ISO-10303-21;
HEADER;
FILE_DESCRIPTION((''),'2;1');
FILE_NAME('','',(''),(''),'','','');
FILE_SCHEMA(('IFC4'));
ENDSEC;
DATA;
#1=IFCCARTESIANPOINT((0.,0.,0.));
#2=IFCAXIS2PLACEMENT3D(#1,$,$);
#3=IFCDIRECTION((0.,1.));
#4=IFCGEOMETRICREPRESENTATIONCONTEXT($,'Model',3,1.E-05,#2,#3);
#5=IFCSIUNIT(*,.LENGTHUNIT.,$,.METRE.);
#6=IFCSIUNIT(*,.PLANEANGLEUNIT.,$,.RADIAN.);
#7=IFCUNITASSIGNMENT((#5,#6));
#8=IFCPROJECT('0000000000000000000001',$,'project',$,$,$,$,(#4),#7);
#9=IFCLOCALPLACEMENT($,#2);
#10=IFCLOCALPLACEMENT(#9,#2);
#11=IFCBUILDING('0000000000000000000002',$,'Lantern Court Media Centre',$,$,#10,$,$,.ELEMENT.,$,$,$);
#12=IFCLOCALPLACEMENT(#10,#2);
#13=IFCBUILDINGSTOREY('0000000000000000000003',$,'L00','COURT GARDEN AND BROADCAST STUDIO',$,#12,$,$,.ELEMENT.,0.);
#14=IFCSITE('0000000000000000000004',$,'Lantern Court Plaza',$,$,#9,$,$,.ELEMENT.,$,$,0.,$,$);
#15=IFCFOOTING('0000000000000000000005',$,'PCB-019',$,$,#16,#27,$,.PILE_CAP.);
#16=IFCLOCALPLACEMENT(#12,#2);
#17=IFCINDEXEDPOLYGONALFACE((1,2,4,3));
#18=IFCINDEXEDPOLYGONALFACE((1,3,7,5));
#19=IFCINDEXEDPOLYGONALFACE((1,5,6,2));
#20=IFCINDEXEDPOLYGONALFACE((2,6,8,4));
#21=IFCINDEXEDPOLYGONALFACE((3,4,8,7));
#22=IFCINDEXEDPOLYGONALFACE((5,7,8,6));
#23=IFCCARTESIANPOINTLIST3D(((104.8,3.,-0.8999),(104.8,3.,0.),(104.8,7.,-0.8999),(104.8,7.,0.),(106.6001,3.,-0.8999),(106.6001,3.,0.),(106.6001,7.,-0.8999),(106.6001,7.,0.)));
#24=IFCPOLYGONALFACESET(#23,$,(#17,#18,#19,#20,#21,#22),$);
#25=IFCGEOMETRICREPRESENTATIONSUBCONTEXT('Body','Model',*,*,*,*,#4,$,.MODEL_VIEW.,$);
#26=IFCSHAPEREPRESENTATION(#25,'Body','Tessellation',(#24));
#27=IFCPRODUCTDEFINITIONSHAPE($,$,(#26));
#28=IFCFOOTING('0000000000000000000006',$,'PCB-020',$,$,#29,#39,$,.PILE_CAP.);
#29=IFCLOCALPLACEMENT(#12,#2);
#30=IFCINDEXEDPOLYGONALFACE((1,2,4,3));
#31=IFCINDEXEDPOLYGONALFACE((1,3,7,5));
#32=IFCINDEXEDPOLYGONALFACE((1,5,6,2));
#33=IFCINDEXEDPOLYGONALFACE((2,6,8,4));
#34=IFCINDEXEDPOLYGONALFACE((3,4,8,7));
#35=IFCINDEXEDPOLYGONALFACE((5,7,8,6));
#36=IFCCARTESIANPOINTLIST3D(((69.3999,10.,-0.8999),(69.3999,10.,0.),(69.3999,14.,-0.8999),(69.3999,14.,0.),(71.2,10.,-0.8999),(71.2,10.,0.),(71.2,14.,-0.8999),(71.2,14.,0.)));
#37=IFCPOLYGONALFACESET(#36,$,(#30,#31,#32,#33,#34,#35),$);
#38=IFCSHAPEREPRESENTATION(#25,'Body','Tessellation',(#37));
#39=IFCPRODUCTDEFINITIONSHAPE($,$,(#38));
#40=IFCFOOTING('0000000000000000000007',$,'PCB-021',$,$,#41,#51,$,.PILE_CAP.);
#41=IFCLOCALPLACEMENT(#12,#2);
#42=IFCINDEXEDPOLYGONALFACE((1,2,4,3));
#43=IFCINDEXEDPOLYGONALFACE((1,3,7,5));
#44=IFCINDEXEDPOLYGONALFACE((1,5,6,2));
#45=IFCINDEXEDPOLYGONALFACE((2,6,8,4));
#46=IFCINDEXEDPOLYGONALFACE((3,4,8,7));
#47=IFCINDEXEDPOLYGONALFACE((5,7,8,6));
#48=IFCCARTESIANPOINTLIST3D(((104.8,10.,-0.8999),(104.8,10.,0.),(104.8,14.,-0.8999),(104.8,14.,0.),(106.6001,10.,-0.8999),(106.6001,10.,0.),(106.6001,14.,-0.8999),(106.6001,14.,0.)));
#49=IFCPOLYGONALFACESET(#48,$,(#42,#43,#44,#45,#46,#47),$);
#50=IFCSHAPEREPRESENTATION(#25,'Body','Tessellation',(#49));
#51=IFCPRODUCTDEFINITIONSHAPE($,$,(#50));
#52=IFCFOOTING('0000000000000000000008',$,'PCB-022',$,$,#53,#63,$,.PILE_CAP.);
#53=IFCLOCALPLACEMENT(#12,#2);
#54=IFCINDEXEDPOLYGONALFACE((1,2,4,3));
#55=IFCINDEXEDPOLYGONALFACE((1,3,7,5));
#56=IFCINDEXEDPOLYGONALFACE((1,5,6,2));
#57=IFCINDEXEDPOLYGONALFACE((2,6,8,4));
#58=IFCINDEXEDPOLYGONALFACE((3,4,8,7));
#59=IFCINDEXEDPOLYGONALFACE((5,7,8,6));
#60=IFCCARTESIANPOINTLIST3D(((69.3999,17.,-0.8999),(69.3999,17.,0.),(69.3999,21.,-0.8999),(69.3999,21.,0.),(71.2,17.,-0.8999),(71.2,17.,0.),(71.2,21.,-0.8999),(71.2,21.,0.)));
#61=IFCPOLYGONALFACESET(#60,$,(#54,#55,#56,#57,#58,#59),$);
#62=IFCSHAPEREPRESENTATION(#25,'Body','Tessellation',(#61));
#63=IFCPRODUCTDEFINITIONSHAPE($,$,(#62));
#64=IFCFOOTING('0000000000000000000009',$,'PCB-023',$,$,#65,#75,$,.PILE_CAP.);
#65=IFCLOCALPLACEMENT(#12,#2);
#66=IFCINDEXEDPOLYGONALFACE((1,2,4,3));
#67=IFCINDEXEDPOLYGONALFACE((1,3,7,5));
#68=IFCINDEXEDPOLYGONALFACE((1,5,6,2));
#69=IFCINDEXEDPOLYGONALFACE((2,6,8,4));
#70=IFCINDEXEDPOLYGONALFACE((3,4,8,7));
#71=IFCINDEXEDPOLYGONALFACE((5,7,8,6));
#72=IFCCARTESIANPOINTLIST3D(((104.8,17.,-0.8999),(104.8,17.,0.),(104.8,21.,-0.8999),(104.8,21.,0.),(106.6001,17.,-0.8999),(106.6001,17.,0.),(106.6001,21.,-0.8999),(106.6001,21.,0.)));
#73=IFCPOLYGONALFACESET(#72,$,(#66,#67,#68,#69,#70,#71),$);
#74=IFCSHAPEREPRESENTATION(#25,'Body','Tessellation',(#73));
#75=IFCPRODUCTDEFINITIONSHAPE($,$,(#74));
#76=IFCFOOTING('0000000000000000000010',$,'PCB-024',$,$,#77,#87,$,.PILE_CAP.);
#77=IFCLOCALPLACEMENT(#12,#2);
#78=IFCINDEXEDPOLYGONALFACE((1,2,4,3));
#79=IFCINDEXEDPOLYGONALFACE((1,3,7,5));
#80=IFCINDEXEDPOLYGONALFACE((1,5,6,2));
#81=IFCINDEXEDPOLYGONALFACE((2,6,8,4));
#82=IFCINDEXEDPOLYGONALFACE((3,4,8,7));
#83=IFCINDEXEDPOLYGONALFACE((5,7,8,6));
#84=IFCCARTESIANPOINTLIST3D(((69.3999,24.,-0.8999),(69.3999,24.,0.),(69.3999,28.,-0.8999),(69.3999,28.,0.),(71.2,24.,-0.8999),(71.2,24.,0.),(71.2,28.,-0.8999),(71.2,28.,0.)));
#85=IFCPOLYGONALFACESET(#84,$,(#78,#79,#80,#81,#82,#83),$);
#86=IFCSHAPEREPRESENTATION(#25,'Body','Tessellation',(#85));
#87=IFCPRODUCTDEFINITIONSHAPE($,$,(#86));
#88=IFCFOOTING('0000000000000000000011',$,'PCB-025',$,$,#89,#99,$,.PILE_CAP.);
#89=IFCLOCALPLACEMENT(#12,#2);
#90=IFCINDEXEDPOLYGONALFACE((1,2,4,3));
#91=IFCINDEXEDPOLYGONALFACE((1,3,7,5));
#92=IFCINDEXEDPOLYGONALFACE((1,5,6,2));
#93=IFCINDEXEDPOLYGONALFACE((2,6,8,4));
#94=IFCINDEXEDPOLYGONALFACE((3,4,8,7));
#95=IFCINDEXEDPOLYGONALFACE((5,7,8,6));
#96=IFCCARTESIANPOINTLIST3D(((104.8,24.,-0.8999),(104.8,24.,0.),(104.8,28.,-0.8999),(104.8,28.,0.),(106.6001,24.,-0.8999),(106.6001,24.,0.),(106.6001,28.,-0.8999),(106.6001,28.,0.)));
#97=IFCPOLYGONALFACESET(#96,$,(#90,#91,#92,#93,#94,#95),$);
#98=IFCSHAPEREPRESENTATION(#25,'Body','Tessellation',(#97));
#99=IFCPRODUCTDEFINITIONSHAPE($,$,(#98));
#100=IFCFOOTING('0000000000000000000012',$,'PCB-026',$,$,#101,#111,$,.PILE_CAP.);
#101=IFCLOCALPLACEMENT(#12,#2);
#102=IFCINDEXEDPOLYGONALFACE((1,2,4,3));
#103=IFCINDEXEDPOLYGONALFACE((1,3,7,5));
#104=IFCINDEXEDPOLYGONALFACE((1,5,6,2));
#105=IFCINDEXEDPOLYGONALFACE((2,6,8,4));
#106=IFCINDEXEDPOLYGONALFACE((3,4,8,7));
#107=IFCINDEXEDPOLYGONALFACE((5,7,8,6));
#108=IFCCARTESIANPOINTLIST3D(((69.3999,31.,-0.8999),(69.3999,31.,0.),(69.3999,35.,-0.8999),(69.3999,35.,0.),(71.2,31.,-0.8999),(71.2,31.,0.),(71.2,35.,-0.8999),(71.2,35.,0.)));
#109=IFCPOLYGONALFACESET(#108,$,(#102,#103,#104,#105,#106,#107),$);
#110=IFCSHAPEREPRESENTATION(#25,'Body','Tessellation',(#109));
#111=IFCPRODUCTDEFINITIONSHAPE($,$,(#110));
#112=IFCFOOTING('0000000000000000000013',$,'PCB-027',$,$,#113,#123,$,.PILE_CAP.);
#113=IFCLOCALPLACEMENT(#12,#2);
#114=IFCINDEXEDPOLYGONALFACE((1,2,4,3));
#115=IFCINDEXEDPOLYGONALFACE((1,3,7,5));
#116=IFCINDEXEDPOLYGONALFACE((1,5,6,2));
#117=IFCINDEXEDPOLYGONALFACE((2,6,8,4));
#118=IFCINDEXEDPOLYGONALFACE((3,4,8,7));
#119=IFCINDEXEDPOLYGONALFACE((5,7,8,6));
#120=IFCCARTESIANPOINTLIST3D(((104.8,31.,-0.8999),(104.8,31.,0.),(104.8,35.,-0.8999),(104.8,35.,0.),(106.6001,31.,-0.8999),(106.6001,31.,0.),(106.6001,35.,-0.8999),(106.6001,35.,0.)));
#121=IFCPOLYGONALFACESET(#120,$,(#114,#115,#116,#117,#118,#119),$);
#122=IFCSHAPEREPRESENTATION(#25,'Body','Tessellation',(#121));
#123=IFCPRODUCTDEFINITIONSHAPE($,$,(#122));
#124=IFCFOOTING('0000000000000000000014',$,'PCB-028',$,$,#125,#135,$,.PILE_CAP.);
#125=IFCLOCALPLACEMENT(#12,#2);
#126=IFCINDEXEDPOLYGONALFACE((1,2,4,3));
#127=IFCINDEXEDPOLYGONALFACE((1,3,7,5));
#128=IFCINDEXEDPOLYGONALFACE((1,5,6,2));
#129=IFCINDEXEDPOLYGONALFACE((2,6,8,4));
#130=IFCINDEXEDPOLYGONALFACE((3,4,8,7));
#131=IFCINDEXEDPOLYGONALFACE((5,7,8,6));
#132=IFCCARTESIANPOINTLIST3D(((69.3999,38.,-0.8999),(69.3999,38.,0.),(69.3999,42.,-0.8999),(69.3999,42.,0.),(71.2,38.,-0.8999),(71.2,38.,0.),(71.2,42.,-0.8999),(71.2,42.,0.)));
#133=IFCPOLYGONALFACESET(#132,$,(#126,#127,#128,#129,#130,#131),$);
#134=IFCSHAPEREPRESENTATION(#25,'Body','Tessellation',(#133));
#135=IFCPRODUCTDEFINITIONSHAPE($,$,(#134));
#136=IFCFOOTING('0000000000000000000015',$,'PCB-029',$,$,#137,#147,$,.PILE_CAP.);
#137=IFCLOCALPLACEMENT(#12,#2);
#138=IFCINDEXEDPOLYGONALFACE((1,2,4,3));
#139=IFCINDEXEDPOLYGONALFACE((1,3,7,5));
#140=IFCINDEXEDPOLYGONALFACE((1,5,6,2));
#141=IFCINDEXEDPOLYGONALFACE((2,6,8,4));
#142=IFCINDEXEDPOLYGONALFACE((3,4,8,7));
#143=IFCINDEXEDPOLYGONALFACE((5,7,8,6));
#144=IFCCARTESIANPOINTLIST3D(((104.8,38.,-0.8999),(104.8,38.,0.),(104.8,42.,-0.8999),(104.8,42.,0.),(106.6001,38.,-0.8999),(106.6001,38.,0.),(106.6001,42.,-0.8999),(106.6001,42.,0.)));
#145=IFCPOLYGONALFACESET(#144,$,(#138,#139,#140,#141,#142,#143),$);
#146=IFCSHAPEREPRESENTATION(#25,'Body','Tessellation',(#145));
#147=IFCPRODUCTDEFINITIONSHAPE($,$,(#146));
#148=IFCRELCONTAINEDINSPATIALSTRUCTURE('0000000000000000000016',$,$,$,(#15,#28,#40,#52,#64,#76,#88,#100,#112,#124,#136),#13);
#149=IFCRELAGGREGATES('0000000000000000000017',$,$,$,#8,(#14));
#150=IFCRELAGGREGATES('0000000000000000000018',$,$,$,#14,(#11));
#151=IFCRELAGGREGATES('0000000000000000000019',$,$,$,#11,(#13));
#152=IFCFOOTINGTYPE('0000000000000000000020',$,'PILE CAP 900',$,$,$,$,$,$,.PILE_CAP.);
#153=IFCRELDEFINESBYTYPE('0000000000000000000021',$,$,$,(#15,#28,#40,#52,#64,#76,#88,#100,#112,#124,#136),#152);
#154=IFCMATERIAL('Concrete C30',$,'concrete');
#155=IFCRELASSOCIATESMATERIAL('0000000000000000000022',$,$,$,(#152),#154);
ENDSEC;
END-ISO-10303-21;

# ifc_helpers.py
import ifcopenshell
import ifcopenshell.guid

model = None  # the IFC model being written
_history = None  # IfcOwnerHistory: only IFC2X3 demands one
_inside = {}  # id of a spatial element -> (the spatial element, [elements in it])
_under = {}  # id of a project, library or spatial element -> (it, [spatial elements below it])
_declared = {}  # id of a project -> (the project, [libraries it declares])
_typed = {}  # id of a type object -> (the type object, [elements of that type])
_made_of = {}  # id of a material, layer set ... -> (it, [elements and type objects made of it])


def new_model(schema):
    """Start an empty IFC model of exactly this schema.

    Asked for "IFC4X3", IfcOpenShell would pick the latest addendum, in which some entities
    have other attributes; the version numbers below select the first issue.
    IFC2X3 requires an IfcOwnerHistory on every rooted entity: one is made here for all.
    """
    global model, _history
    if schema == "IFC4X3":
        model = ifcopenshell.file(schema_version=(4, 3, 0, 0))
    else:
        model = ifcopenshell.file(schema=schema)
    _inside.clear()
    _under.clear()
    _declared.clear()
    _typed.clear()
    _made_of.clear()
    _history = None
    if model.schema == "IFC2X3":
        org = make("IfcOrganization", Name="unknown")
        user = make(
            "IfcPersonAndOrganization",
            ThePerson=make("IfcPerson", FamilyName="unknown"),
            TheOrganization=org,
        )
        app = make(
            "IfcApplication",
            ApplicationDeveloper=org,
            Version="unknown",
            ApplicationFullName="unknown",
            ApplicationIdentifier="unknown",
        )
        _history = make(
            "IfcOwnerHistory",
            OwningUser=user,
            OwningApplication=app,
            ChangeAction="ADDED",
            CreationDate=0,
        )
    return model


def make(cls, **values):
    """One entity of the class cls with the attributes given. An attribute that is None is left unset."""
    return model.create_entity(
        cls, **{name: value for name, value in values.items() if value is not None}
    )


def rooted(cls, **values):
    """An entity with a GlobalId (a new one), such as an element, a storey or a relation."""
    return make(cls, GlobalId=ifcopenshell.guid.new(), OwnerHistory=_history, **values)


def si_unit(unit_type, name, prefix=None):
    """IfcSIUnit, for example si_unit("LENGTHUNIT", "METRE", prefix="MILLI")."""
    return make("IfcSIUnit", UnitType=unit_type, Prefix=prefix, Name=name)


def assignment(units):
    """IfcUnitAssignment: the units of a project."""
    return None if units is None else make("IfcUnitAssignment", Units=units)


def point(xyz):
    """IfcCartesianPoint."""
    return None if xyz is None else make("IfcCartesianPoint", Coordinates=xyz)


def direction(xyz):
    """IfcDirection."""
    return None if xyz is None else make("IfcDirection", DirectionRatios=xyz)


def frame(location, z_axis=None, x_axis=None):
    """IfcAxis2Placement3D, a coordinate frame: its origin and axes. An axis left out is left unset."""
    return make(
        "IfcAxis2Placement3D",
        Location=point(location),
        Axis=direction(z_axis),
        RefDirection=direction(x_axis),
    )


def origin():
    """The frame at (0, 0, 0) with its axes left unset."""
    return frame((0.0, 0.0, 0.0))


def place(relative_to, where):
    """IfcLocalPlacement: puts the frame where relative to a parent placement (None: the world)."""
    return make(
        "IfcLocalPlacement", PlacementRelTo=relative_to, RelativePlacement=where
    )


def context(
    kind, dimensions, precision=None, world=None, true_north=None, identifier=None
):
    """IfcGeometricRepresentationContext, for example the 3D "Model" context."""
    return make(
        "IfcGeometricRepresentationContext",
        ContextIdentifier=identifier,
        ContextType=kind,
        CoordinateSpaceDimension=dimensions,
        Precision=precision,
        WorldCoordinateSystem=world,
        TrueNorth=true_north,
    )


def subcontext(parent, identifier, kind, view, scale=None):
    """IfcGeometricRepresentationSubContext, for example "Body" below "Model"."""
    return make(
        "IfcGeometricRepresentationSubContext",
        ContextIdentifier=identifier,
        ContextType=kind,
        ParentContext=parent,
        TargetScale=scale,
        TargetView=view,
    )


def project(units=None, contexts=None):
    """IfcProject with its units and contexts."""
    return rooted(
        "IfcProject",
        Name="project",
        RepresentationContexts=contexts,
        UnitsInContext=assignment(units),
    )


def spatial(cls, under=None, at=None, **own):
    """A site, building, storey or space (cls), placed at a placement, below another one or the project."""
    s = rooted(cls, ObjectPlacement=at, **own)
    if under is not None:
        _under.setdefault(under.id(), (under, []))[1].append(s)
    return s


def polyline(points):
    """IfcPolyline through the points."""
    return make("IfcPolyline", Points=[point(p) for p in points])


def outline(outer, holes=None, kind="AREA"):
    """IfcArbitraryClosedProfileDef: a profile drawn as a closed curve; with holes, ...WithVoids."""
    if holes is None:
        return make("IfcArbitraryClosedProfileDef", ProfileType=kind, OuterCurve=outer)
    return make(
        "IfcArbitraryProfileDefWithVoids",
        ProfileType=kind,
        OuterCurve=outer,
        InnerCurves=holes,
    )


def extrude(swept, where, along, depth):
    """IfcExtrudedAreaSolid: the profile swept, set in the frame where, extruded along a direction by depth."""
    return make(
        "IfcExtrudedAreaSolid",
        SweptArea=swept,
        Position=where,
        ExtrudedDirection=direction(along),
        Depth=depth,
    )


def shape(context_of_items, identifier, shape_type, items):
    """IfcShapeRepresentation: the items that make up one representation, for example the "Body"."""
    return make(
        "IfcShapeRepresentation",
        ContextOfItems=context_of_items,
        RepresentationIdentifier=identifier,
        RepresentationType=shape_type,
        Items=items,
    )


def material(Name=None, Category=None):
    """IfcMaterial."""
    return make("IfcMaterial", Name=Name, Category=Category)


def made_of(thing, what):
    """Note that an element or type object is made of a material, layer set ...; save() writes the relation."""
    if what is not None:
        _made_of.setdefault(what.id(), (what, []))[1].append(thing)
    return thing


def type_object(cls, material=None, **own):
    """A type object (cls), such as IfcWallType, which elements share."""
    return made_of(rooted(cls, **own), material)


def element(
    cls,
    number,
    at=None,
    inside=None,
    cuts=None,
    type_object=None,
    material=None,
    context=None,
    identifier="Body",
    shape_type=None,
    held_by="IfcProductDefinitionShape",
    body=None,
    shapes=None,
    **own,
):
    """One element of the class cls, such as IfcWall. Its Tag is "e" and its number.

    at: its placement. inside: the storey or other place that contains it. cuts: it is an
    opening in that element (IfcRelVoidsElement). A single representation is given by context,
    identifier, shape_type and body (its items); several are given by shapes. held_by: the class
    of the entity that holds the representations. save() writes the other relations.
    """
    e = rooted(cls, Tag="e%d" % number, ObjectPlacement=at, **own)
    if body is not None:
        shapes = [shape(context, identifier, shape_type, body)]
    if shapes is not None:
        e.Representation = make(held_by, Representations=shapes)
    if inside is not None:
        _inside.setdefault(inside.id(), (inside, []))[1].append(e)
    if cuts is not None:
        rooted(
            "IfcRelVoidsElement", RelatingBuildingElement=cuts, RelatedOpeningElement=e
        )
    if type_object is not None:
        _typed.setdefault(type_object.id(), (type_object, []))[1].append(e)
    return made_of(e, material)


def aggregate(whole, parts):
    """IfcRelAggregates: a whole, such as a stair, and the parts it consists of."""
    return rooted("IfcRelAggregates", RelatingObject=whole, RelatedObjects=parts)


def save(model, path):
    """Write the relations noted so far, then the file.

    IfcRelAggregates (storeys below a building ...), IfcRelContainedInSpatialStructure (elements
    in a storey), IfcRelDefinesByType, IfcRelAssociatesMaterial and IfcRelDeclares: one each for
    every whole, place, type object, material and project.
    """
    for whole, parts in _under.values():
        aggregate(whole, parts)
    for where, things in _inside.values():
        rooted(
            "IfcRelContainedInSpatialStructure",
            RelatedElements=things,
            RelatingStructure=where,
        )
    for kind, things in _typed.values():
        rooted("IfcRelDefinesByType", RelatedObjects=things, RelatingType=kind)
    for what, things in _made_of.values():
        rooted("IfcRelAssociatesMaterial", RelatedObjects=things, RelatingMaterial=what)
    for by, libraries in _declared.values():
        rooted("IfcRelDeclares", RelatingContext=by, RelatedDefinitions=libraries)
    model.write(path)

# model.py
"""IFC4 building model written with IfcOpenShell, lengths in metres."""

from ifc_helpers import new_model, si_unit, direction, frame, origin, place, context, subcontext, project, spatial, polyline, outline, extrude, material, type_object, element, save


model = new_model("IFC4")

# Units and contexts
model_context = context("Model", 3, precision=1e-05, world=origin(), true_north=direction((0.0, 1.0)))
body_context = subcontext(model_context, "Body", "Model", "MODEL_VIEW")
ifc_project = project(units=[si_unit("LENGTHUNIT", "METRE"), si_unit("PLANEANGLEUNIT", "RADIAN")], contexts=[model_context])

# Site, building, storey
site_placement = place(None, origin())
site = spatial("IfcSite", under=ifc_project, at=site_placement, Name="Lantern Court Plaza", CompositionType="ELEMENT", RefElevation=0.0)
building_placement = place(site_placement, origin())
building = spatial("IfcBuilding", under=site, at=building_placement, Name="Lantern Court Media Centre", CompositionType="ELEMENT")
storey_placement = place(building_placement, origin())
storey = spatial("IfcBuildingStorey", under=building, at=storey_placement, Name="L00", Description="COURT GARDEN AND BROADCAST STUDIO", CompositionType="ELEMENT", Elevation=0.0)

# Shared definitions
ifc_material_1 = material(Name="Concrete C30", Category="concrete")

# Footings
footing_type = type_object("IfcFootingType", Name="PILE CAP 900", PredefinedType="PILE_CAP", material=ifc_material_1)
footing_1_placement = place(storey_placement, frame((0.0, 0.0, -0.8999)))
element("IfcFooting", 1, at=footing_1_placement, inside=storey, type_object=footing_type, Name="PCB-019", PredefinedType="PILE_CAP", context=body_context, shape_type="SweptSolid", body=[
    extrude(outline(polyline([(106.6001, 3.0), (106.6001, 7.0), (104.8, 7.0), (104.8, 3.0), (106.6001, 3.0)])), origin(), (0.0, 0.0, 1.0), 0.8999),
])
footing_2_placement = place(storey_placement, frame((0.0, 0.0, -0.8999)))
element("IfcFooting", 2, at=footing_2_placement, inside=storey, type_object=footing_type, Name="PCB-020", PredefinedType="PILE_CAP", context=body_context, shape_type="SweptSolid", body=[
    extrude(outline(polyline([(71.2, 10.0), (71.2, 14.0), (69.3999, 14.0), (69.3999, 10.0), (71.2, 10.0)])), origin(), (0.0, 0.0, 1.0), 0.8999),
])
footing_3_placement = place(storey_placement, frame((0.0, 0.0, -0.8999)))
element("IfcFooting", 3, at=footing_3_placement, inside=storey, type_object=footing_type, Name="PCB-021", PredefinedType="PILE_CAP", context=body_context, shape_type="SweptSolid", body=[
    extrude(outline(polyline([(106.6001, 10.0), (106.6001, 14.0), (104.8, 14.0), (104.8, 10.0), (106.6001, 10.0)])), origin(), (0.0, 0.0, 1.0), 0.8999),
])
footing_4_placement = place(storey_placement, frame((0.0, 0.0, -0.8999)))
element("IfcFooting", 4, at=footing_4_placement, inside=storey, type_object=footing_type, Name="PCB-022", PredefinedType="PILE_CAP", context=body_context, shape_type="SweptSolid", body=[
    extrude(outline(polyline([(71.2, 17.0), (71.2, 21.0), (69.3999, 21.0), (69.3999, 17.0), (71.2, 17.0)])), origin(), (0.0, 0.0, 1.0), 0.8999),
])
footing_5_placement = place(storey_placement, frame((0.0, 0.0, -0.8999)))
element("IfcFooting", 5, at=footing_5_placement, inside=storey, type_object=footing_type, Name="PCB-023", PredefinedType="PILE_CAP", context=body_context, shape_type="SweptSolid", body=[
    extrude(outline(polyline([(106.6001, 17.0), (106.6001, 21.0), (104.8, 21.0), (104.8, 17.0), (106.6001, 17.0)])), origin(), (0.0, 0.0, 1.0), 0.8999),
])
footing_6_placement = place(storey_placement, frame((0.0, 0.0, -0.8999)))
element("IfcFooting", 6, at=footing_6_placement, inside=storey, type_object=footing_type, Name="PCB-024", PredefinedType="PILE_CAP", context=body_context, shape_type="SweptSolid", body=[
    extrude(outline(polyline([(71.2, 24.0), (71.2, 28.0), (69.3999, 28.0), (69.3999, 24.0), (71.2, 24.0)])), origin(), (0.0, 0.0, 1.0), 0.8999),
])
footing_7_placement = place(storey_placement, frame((0.0, 0.0, -0.8999)))
element("IfcFooting", 7, at=footing_7_placement, inside=storey, type_object=footing_type, Name="PCB-025", PredefinedType="PILE_CAP", context=body_context, shape_type="SweptSolid", body=[
    extrude(outline(polyline([(106.6001, 24.0), (106.6001, 28.0), (104.8, 28.0), (104.8, 24.0), (106.6001, 24.0)])), origin(), (0.0, 0.0, 1.0), 0.8999),
])
footing_8_placement = place(storey_placement, frame((0.0, 0.0, -0.8999)))
element("IfcFooting", 8, at=footing_8_placement, inside=storey, type_object=footing_type, Name="PCB-026", PredefinedType="PILE_CAP", context=body_context, shape_type="SweptSolid", body=[
    extrude(outline(polyline([(71.2, 31.0), (71.2, 35.0), (69.3999, 35.0), (69.3999, 31.0), (71.2, 31.0)])), origin(), (0.0, 0.0, 1.0), 0.8999),
])
footing_9_placement = place(storey_placement, frame((0.0, 0.0, -0.8999)))
element("IfcFooting", 9, at=footing_9_placement, inside=storey, type_object=footing_type, Name="PCB-027", PredefinedType="PILE_CAP", context=body_context, shape_type="SweptSolid", body=[
    extrude(outline(polyline([(106.6001, 31.0), (106.6001, 35.0), (104.8, 35.0), (104.8, 31.0), (106.6001, 31.0)])), origin(), (0.0, 0.0, 1.0), 0.8999),
])
footing_10_placement = place(storey_placement, frame((0.0, 0.0, -0.8999)))
element("IfcFooting", 10, at=footing_10_placement, inside=storey, type_object=footing_type, Name="PCB-028", PredefinedType="PILE_CAP", context=body_context, shape_type="SweptSolid", body=[
    extrude(outline(polyline([(71.2, 38.0), (71.2, 42.0), (69.3999, 42.0), (69.3999, 38.0), (71.2, 38.0)])), origin(), (0.0, 0.0, 1.0), 0.8999),
])
footing_11_placement = place(storey_placement, frame((0.0, 0.0, -0.8999)))
element("IfcFooting", 11, at=footing_11_placement, inside=storey, type_object=footing_type, Name="PCB-029", PredefinedType="PILE_CAP", context=body_context, shape_type="SweptSolid", body=[
    extrude(outline(polyline([(106.6001, 38.0), (106.6001, 42.0), (104.8, 42.0), (104.8, 38.0), (106.6001, 38.0)])), origin(), (0.0, 0.0, 1.0), 0.8999),
])

save(model, "model.ifc")
